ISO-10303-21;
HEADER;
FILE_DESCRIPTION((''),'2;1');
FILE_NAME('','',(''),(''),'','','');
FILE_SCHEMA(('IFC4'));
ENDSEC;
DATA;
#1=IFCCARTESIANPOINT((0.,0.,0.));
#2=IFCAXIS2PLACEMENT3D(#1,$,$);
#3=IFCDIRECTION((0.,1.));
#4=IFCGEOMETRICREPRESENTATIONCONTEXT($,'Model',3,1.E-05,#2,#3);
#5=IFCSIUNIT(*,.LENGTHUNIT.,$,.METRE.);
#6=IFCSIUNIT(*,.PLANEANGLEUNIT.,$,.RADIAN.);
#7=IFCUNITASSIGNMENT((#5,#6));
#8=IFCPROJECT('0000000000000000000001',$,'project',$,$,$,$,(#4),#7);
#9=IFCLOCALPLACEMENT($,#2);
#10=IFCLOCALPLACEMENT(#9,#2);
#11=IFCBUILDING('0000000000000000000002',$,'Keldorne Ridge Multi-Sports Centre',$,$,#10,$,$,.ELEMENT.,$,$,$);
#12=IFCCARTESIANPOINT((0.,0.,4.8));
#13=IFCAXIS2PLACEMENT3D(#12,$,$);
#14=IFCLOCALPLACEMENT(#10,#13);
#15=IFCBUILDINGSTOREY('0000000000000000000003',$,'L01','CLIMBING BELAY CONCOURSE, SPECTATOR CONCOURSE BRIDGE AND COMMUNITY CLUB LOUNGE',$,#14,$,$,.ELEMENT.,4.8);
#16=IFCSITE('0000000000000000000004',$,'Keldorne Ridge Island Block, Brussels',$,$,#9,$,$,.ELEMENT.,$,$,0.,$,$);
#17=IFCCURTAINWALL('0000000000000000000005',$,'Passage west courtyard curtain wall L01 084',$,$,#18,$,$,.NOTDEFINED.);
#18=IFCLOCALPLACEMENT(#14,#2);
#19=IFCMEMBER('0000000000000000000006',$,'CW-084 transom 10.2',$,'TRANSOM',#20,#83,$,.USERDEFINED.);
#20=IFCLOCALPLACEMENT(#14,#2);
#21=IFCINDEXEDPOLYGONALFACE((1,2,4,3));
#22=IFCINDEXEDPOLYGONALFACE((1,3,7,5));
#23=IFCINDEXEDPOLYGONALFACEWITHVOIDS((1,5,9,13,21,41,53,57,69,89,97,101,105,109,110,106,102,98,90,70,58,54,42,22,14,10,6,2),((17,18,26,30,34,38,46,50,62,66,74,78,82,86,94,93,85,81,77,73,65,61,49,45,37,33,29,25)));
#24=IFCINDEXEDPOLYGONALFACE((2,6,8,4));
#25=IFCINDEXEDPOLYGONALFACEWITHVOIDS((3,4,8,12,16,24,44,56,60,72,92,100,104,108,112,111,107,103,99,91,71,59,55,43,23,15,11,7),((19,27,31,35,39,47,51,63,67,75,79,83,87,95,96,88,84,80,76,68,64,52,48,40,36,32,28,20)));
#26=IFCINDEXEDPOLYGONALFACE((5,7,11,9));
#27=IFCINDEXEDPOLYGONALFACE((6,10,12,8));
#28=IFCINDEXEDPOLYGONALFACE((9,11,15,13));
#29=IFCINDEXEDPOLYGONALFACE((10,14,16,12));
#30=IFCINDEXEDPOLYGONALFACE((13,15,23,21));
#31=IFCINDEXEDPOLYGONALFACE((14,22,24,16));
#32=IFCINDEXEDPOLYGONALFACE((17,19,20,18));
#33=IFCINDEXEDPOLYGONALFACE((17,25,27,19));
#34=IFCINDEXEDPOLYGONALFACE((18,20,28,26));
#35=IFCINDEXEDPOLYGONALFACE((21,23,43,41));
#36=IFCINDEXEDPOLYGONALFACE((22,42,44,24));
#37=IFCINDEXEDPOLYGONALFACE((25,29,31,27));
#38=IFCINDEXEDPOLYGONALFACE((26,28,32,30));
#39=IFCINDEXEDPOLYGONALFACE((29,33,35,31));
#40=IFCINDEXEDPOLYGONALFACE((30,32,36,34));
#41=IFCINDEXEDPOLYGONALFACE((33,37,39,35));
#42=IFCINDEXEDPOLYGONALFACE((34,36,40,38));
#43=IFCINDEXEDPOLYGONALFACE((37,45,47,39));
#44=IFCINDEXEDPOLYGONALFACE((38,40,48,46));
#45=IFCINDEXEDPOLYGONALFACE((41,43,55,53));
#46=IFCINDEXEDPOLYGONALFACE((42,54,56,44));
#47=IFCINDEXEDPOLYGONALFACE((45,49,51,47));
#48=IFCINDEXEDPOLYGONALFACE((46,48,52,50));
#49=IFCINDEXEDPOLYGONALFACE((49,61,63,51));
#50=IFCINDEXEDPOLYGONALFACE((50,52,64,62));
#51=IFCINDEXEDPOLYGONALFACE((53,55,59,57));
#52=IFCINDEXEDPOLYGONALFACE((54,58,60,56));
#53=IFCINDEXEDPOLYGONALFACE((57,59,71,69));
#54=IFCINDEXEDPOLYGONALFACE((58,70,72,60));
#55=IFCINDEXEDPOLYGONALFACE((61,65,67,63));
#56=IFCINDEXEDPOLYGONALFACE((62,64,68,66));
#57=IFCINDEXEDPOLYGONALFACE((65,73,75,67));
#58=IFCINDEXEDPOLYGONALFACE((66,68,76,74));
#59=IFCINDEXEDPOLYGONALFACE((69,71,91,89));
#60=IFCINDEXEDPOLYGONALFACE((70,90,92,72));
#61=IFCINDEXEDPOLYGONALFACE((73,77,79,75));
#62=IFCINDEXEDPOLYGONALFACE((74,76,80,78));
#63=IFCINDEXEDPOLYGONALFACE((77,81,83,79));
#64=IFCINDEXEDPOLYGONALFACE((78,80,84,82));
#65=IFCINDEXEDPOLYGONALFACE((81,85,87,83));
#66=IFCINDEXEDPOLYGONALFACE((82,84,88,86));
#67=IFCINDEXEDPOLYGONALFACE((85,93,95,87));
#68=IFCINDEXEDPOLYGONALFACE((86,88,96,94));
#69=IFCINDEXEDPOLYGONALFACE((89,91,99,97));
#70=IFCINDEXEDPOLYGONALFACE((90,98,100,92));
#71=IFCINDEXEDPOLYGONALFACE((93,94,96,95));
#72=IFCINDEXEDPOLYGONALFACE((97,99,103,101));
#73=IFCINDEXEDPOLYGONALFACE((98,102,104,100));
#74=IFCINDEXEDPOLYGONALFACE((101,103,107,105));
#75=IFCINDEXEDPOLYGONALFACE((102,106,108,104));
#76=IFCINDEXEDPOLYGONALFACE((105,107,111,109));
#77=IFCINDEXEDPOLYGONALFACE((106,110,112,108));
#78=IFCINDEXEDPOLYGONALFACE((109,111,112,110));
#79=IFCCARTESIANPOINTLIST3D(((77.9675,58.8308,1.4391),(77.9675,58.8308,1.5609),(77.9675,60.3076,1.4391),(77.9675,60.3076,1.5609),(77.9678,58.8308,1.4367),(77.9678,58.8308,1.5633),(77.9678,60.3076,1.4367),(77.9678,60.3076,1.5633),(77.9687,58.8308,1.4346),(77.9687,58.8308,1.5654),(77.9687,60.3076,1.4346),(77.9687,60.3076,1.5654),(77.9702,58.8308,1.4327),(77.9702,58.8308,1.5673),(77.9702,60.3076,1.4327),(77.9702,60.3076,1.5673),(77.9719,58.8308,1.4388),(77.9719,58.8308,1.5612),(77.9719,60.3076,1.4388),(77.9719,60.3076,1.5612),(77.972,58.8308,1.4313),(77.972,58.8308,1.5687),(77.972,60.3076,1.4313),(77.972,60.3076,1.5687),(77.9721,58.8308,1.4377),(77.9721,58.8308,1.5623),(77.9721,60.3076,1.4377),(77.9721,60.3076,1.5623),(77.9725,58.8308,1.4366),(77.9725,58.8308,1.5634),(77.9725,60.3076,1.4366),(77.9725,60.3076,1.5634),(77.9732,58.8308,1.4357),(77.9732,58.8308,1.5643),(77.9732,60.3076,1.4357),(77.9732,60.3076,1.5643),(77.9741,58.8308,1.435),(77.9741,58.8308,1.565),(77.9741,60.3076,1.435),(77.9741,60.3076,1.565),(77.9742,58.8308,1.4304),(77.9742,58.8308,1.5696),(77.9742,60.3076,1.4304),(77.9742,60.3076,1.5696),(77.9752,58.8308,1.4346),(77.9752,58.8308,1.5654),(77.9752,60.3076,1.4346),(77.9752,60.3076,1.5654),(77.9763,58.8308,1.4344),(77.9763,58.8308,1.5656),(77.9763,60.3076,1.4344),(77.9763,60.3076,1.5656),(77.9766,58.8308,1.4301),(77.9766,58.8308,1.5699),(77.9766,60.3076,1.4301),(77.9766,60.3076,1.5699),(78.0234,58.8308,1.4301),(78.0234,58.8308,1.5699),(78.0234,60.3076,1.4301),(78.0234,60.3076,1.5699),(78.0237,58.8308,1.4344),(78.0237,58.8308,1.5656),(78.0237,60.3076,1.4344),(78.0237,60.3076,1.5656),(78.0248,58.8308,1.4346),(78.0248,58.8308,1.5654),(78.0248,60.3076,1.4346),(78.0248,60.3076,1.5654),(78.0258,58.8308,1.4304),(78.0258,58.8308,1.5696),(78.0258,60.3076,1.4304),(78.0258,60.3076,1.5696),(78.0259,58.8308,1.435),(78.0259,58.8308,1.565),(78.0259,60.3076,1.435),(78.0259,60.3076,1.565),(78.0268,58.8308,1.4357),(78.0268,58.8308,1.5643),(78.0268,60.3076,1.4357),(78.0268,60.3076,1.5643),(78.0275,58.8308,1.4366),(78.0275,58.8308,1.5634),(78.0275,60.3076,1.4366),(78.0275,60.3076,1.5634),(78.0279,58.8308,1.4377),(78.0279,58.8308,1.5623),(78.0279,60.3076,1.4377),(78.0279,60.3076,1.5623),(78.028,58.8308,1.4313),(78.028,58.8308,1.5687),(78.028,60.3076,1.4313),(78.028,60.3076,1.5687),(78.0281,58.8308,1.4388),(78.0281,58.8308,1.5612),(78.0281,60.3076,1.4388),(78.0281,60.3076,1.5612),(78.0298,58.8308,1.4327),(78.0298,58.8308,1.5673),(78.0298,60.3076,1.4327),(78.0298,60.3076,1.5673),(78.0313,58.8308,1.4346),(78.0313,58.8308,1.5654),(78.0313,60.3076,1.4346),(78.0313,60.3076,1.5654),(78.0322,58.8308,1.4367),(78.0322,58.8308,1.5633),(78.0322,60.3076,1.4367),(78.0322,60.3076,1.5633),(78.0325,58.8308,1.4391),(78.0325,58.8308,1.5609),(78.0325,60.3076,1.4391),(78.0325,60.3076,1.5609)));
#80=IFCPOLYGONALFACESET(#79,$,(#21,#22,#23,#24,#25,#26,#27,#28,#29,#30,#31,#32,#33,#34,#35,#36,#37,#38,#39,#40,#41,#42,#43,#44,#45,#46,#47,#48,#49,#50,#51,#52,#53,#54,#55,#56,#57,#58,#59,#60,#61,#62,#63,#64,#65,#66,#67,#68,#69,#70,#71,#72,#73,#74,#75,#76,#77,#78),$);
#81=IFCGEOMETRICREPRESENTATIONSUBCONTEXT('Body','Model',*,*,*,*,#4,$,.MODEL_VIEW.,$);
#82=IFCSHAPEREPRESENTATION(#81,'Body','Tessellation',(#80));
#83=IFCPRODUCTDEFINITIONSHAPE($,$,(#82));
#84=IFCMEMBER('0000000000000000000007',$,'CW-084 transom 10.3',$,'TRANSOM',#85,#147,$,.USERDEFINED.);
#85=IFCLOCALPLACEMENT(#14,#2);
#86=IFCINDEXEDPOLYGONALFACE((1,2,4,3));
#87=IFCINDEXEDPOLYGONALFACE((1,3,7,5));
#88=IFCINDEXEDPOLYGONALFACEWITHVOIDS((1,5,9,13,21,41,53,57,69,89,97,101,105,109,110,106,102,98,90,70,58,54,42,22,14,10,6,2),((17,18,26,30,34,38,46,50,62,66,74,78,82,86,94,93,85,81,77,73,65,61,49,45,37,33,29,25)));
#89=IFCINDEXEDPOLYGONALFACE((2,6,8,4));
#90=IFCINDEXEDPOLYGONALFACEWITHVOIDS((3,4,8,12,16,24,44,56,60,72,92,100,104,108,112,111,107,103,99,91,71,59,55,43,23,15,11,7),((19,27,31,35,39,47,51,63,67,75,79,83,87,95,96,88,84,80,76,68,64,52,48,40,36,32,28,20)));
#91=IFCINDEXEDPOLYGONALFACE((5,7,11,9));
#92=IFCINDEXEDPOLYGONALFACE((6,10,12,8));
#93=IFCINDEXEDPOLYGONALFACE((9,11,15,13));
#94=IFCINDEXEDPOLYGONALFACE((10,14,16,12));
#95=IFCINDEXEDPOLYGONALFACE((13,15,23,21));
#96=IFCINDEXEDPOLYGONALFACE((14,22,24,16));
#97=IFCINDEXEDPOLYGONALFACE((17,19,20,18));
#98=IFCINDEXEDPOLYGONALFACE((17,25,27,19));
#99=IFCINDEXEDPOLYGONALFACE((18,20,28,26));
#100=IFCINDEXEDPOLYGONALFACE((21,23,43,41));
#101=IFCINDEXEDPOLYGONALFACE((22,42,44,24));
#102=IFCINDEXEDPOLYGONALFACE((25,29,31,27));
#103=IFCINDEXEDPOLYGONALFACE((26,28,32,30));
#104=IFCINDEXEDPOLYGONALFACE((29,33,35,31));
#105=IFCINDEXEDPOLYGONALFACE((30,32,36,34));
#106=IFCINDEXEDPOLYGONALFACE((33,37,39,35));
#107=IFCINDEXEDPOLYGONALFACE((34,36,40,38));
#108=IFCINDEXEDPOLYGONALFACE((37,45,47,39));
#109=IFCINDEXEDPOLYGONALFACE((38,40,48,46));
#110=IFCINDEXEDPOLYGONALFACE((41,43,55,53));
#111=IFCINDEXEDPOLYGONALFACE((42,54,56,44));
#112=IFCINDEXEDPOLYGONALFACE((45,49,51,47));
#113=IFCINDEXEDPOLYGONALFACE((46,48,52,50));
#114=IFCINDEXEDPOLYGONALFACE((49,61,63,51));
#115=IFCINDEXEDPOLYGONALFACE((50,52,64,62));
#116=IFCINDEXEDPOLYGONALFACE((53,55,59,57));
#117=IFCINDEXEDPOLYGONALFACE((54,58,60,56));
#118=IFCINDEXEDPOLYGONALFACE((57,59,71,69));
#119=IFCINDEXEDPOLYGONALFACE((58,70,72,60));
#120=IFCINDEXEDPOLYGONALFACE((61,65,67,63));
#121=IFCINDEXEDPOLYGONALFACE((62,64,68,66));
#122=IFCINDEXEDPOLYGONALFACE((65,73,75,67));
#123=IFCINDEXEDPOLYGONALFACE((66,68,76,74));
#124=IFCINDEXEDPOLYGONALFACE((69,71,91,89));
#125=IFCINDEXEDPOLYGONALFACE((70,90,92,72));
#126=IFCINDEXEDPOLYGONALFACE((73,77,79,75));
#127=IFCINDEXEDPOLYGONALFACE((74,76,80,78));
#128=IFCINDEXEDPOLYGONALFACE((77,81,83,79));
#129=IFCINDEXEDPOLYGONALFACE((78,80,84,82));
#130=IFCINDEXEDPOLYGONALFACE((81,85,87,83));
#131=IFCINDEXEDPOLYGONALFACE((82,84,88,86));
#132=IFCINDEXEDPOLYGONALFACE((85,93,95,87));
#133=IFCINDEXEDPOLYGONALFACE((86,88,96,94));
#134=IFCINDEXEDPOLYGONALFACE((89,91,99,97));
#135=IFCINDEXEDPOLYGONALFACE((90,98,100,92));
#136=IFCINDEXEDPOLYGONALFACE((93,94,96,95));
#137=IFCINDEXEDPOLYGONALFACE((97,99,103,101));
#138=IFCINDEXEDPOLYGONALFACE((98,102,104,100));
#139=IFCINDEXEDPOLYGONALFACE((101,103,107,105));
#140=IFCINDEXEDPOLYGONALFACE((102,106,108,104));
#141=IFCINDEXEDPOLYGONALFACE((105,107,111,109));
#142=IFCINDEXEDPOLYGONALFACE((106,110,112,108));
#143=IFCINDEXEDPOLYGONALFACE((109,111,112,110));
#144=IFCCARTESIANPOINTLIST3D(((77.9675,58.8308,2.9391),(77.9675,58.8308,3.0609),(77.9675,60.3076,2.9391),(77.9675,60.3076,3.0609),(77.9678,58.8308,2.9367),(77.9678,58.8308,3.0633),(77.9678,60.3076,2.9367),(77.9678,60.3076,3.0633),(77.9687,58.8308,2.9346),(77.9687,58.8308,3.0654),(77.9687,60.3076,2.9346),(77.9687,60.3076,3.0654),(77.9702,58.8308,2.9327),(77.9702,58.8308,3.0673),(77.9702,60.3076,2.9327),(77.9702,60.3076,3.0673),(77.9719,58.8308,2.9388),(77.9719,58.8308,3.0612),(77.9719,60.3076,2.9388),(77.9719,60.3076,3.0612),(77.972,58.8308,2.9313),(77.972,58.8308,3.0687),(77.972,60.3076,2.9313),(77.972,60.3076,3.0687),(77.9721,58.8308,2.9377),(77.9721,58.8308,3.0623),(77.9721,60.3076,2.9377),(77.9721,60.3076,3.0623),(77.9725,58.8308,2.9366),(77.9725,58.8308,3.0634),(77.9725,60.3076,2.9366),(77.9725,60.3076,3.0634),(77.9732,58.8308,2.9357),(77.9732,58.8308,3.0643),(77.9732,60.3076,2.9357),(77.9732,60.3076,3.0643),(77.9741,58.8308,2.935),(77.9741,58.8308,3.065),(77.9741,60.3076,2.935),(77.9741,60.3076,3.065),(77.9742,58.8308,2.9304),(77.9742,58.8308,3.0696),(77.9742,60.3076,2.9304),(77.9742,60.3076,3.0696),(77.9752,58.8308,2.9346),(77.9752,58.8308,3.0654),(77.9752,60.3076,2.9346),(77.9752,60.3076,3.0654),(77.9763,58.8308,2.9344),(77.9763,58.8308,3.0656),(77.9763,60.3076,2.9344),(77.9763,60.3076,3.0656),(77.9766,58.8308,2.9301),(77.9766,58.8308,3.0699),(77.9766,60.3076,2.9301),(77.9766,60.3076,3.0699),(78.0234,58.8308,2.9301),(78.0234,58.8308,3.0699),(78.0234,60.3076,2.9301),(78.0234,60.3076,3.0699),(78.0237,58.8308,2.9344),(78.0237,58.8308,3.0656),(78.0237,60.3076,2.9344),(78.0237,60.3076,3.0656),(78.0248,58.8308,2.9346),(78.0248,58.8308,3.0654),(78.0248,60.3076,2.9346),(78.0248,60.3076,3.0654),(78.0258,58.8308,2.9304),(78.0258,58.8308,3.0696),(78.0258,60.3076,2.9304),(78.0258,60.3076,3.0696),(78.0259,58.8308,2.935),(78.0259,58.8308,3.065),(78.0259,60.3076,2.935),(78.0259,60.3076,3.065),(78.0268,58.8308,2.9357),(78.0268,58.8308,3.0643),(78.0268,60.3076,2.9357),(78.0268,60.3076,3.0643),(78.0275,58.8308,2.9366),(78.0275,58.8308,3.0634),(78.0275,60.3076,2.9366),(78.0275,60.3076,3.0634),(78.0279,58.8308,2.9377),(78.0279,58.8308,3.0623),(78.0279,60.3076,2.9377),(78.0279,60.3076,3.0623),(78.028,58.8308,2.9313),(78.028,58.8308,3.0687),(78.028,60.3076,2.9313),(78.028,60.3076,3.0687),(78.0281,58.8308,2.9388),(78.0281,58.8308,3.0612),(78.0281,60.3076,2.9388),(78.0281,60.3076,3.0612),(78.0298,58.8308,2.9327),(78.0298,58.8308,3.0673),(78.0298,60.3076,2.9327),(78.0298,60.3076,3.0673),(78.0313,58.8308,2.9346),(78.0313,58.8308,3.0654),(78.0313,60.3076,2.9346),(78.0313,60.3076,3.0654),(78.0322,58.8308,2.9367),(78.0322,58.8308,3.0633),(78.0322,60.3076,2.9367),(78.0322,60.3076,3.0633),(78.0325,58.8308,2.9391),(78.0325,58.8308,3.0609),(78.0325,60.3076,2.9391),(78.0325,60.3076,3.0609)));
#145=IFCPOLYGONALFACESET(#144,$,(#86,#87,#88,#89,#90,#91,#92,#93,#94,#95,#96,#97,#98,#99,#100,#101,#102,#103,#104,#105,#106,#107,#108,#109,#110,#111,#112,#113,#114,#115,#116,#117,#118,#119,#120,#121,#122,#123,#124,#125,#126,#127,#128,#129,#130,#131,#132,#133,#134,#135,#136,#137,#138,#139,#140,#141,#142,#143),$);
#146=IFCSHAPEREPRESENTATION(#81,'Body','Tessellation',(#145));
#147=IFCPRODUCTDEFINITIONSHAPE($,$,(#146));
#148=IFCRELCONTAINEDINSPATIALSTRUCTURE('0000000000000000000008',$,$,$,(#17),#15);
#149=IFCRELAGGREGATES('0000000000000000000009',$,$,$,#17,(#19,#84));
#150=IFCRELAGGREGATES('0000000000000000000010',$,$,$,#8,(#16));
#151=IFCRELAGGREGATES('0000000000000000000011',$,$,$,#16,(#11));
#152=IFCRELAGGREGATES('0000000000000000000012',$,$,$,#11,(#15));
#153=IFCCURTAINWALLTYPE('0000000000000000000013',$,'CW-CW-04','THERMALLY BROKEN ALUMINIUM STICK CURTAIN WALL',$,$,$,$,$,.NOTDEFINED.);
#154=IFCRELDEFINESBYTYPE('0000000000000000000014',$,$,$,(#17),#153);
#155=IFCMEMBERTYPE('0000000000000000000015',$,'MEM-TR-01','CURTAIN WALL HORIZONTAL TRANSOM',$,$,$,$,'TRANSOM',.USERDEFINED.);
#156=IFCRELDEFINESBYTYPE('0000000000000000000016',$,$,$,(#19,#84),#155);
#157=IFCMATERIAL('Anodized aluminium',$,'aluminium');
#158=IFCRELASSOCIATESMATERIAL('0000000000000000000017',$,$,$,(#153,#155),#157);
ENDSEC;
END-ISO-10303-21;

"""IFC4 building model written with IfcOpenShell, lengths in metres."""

from ifc_helpers import new_model, si_unit, direction, frame, origin, origin_2d, place, context, subcontext, project, spatial, hollow_rectangle, extrude, material, material_profile, profile_set, type_object, element, aggregate, save


model = new_model("IFC4")

# Units and contexts
model_context = context("Model", 3, precision=1e-05, world=origin(), true_north=direction((0.0, 1.0)))
body_context = subcontext(model_context, "Body", "Model", "MODEL_VIEW")
ifc_project = project(units=[si_unit("LENGTHUNIT", "METRE"), si_unit("PLANEANGLEUNIT", "RADIAN")], contexts=[model_context])

# Site, building, storey
site_placement = place(None, origin())
site = spatial("IfcSite", under=ifc_project, at=site_placement, Name="Keldorne Ridge Island Block, Brussels", CompositionType="ELEMENT", RefElevation=0.0)
building_placement = place(site_placement, origin())
building = spatial("IfcBuilding", under=site, at=building_placement, Name="Keldorne Ridge Multi-Sports Centre", CompositionType="ELEMENT")
storey_placement = place(building_placement, frame((0.0, 0.0, 4.8)))
storey = spatial("IfcBuildingStorey", under=building, at=storey_placement, Name="L01", Description="CLIMBING BELAY CONCOURSE, SPECTATOR CONCOURSE BRIDGE AND COMMUNITY CLUB LOUNGE", CompositionType="ELEMENT", Elevation=4.8)

# Curtain wall, members
ifc_material_1 = material(Name="Anodized aluminium", Category="aluminium")
curtain_wall_type = type_object("IfcCurtainWallType", Name="CW-CW-04", Description="THERMALLY BROKEN ALUMINIUM STICK CURTAIN WALL", PredefinedType="NOTDEFINED", material=ifc_material_1)
curtain_wall_placement = place(storey_placement, origin())
curtain_wall = element("IfcCurtainWall", 1, at=curtain_wall_placement, inside=storey, type_object=curtain_wall_type, Name="Passage west courtyard curtain wall L01 084", PredefinedType="NOTDEFINED")
ifc_material_profile_1 = material_profile(ifc_material_1, hollow_rectangle(XDim=0.0649, YDim=0.1399, WallThickness=0.0044, InnerFilletRadius=0.0044, OuterFilletRadius=0.009, at=origin_2d()), Name="ALU TRANSOM 140x65x4.5")
ifc_profile_set_1 = profile_set([ifc_material_profile_1], Name="Anodized aluminium")
member_type_1 = type_object("IfcMemberType", Name="MEM-TR-01", Description="CURTAIN WALL HORIZONTAL TRANSOM", ElementType="TRANSOM", PredefinedType="USERDEFINED", material=ifc_profile_set_1)
member_1_placement = place(storey_placement, frame((78.0, 60.3076, 1.5), z_axis=(0.0, -1.0, 0.0), x_axis=(1.0, 0.0, 0.0)))
member_1 = element("IfcMember", 2, at=member_1_placement, type_object=member_type_1, Name="CW-084 transom 10.2", ObjectType="TRANSOM", PredefinedType="USERDEFINED", context=body_context, shape_type="SweptSolid", body=[
    extrude(hollow_rectangle(XDim=0.0649, YDim=0.1399, WallThickness=0.0044, InnerFilletRadius=0.0044, OuterFilletRadius=0.009, at=origin_2d()), origin(), (0.0, 0.0, 1.0), 1.4768),
])
member_2_placement = place(storey_placement, frame((78.0, 60.3076, 3.0), z_axis=(0.0, -1.0, 0.0), x_axis=(1.0, 0.0, 0.0)))
member_2 = element("IfcMember", 3, at=member_2_placement, type_object=member_type_1, Name="CW-084 transom 10.3", ObjectType="TRANSOM", PredefinedType="USERDEFINED", context=body_context, shape_type="SweptSolid", body=[
    extrude(hollow_rectangle(XDim=0.0649, YDim=0.1399, WallThickness=0.0044, InnerFilletRadius=0.0044, OuterFilletRadius=0.009, at=origin_2d()), origin(), (0.0, 0.0, 1.0), 1.4768),
])
aggregate(curtain_wall, [member_1, member_2])

save(model, "model.ifc")
